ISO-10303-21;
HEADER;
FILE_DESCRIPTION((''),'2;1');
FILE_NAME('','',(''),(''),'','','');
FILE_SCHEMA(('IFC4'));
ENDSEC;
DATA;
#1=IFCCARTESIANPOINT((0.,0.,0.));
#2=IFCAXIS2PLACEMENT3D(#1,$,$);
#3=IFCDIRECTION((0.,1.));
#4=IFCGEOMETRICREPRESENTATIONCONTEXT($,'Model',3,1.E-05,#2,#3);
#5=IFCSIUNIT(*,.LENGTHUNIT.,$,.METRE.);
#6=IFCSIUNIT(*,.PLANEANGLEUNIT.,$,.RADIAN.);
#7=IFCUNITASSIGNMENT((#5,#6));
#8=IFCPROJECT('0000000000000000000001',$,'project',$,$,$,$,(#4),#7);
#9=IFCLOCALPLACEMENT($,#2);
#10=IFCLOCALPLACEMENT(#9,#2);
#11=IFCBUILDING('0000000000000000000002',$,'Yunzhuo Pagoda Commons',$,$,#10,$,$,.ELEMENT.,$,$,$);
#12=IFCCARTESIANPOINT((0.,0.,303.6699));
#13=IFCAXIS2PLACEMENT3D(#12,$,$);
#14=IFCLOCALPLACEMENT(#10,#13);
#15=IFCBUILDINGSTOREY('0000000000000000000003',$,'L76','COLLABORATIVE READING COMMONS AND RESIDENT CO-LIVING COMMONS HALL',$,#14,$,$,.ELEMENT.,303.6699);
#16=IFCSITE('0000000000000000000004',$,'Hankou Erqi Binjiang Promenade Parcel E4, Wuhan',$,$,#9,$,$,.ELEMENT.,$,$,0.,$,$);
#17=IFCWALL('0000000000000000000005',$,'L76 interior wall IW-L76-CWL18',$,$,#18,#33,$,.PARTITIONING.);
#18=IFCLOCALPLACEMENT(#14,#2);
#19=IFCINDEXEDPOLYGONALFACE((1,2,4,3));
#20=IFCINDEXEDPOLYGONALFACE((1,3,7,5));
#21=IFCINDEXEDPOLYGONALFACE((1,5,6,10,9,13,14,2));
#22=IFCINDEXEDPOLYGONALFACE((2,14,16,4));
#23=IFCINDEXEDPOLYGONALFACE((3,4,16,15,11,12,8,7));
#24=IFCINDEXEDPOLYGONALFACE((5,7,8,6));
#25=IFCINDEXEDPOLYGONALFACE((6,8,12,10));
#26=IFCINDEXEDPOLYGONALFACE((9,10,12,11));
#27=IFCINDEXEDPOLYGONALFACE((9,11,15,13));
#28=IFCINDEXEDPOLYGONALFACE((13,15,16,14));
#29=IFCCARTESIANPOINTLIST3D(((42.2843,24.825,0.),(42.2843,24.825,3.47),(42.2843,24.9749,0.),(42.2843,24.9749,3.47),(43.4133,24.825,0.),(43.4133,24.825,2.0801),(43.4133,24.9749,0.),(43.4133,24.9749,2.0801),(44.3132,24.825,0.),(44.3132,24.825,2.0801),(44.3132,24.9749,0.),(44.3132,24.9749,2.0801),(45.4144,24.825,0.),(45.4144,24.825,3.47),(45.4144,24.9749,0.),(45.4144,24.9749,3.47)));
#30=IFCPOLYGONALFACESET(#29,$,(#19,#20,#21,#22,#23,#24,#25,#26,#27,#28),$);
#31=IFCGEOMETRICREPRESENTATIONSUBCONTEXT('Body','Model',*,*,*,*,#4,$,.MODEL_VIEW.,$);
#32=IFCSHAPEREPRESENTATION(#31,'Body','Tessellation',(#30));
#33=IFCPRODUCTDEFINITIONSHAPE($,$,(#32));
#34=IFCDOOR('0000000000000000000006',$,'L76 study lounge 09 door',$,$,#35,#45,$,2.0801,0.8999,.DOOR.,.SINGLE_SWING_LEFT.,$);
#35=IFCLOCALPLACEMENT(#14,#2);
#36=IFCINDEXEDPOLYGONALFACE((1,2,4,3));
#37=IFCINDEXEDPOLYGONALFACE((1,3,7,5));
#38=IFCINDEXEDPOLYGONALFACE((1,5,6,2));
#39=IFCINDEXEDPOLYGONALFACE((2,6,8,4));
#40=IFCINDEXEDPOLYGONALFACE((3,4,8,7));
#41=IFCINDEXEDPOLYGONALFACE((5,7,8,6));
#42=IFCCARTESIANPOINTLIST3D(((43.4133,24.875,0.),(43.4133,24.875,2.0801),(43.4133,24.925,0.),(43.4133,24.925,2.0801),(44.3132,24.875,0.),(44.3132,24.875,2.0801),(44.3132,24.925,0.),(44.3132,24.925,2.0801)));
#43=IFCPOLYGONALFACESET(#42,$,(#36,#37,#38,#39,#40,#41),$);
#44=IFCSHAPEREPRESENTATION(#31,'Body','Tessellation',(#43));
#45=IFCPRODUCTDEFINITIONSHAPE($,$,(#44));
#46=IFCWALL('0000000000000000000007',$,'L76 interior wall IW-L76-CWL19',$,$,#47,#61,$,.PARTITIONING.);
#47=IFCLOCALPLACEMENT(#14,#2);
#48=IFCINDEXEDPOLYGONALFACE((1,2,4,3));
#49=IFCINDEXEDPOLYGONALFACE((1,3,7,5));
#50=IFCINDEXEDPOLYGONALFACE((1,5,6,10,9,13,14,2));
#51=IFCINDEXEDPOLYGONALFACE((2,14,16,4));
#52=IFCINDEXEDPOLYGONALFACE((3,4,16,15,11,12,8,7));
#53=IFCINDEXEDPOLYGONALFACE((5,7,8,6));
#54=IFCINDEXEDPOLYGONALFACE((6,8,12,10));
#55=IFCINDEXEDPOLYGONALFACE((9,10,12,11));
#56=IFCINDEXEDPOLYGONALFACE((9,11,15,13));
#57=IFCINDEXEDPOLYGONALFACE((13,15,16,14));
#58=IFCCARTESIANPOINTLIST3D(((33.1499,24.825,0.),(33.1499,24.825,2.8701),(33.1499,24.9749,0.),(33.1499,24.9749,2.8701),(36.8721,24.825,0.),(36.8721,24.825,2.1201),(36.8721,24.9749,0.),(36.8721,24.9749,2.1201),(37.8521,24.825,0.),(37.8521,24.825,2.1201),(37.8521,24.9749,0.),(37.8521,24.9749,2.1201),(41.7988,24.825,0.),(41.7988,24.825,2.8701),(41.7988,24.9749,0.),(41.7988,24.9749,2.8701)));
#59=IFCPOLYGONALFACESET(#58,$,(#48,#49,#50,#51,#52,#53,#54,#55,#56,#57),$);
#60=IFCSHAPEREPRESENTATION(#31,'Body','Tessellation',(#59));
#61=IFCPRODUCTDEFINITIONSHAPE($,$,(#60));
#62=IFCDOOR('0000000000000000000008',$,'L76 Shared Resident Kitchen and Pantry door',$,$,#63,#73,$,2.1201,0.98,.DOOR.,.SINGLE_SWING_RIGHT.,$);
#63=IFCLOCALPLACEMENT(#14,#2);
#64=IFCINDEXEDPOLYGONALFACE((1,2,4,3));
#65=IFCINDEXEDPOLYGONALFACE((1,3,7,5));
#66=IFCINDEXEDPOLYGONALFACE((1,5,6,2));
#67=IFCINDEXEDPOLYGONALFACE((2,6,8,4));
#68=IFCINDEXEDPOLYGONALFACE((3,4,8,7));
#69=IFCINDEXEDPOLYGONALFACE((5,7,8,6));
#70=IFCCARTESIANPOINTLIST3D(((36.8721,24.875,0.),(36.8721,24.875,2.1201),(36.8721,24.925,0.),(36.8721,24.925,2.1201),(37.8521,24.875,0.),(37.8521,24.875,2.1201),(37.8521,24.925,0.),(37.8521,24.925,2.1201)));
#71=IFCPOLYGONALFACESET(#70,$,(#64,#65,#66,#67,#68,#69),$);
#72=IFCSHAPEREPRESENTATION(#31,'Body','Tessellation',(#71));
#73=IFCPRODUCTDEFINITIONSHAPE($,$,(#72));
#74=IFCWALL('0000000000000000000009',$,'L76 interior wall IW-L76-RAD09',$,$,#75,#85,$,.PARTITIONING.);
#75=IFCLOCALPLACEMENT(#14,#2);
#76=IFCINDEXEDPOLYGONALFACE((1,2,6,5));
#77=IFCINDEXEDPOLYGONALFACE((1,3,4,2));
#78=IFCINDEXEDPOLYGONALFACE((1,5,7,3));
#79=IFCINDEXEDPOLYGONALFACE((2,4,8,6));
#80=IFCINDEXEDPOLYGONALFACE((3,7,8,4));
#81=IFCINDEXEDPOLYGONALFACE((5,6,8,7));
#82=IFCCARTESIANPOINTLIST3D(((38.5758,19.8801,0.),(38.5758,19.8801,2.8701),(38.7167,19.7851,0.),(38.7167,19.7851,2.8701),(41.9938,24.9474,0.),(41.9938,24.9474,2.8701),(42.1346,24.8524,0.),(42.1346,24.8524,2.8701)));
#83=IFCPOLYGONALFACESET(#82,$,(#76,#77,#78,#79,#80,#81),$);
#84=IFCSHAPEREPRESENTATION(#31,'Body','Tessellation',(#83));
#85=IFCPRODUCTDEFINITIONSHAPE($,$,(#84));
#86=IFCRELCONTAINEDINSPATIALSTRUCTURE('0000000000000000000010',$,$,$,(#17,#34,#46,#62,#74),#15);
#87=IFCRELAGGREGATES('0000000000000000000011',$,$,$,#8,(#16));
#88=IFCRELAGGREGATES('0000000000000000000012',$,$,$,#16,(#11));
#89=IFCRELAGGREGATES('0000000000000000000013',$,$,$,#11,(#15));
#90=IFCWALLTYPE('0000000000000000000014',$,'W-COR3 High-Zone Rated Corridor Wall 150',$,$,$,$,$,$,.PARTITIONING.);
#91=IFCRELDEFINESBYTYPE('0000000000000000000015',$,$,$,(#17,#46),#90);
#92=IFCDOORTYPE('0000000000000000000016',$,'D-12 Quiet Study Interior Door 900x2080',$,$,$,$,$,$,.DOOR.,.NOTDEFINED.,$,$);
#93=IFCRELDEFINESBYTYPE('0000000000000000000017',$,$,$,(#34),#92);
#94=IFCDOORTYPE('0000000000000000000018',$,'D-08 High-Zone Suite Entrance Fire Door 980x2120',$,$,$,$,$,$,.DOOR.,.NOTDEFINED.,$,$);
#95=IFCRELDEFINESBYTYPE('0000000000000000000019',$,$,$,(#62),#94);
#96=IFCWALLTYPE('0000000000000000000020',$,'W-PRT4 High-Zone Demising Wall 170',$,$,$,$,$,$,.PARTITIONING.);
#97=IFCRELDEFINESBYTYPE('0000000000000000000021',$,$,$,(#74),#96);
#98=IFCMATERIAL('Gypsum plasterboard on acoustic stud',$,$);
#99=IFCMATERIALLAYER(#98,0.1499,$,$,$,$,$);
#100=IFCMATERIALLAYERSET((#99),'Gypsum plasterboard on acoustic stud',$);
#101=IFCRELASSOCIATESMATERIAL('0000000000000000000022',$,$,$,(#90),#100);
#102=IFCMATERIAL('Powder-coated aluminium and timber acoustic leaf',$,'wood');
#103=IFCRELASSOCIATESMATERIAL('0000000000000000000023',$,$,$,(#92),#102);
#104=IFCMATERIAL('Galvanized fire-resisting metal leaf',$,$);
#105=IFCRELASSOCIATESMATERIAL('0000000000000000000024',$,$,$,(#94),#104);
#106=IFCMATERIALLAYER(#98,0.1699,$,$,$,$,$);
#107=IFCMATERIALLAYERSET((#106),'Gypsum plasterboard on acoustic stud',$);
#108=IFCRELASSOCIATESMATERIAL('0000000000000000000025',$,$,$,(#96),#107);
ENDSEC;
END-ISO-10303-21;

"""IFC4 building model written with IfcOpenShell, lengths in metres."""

from ifc_helpers import new_model, si_unit, direction, frame, frame_2d, origin, origin_with_axes, place, context, subcontext, project, spatial, rectangle, extrude, source, transform, mapped, material, layer, layer_set, type_object, element, fill, save


model = new_model("IFC4")

# Units and contexts
model_context = context("Model", 3, precision=1e-05, world=origin(), true_north=direction((0.0, 1.0)))
body_context = subcontext(model_context, "Body", "Model", "MODEL_VIEW")
ifc_project = project(units=[si_unit("LENGTHUNIT", "METRE"), si_unit("PLANEANGLEUNIT", "RADIAN")], contexts=[model_context])

# Site, building, storey
site_placement = place(None, origin())
site = spatial("IfcSite", under=ifc_project, at=site_placement, Name="Hankou Erqi Binjiang Promenade Parcel E4, Wuhan", CompositionType="ELEMENT", RefElevation=0.0)
building_placement = place(site_placement, origin())
building = spatial("IfcBuilding", under=site, at=building_placement, Name="Yunzhuo Pagoda Commons", CompositionType="ELEMENT")
storey_placement = place(building_placement, frame((0.0, 0.0, 303.6699)))
storey = spatial("IfcBuildingStorey", under=building, at=storey_placement, Name="L76", Description="COLLABORATIVE READING COMMONS AND RESIDENT CO-LIVING COMMONS HALL", CompositionType="ELEMENT", Elevation=303.6699)

# Walls, openings, doors
ifc_material_1 = material(Name="Gypsum plasterboard on acoustic stud")
ifc_layer_1 = layer(ifc_material_1, 0.1499)
ifc_layer_set_1 = layer_set([ifc_layer_1], Name="Gypsum plasterboard on acoustic stud")
wall_type_1 = type_object("IfcWallType", Name="W-COR3 High-Zone Rated Corridor Wall 150", PredefinedType="PARTITIONING", material=ifc_layer_set_1)
ifc_material_2 = material(Name="Galvanized fire-resisting metal leaf")
wall_1_placement = place(storey_placement, frame((45.4143, 24.8999, 0.0), z_axis=(0.0, 0.0, 1.0), x_axis=(-1.0, 0.0, 0.0)))
wall_1 = element("IfcWall", 1, at=wall_1_placement, inside=storey, type_object=wall_type_1, Name="L76 interior wall IW-L76-CWL18", PredefinedType="PARTITIONING", context=body_context, shape_type="SweptSolid", body=[
    extrude(rectangle(XDim=3.1301, YDim=0.1499, at=frame_2d((1.5649, 0.0))), origin(), (0.0, 0.0, 1.0), 3.47),
])
opening_1_placement = place(wall_1_placement, frame((1.1011, 0.0, 0.0)))
opening_1 = element("IfcOpeningElement", 2, at=opening_1_placement, cuts=wall_1, PredefinedType="OPENING", context=body_context, shape_type="SweptSolid", body=[
    extrude(rectangle(XDim=0.8999, YDim=2.0801, at=frame_2d((0.45, 1.04))), frame((0.0, 0.085, 0.0), z_axis=(0.0, -1.0, 0.0), x_axis=(1.0, 0.0, 0.0)), (0.0, 0.0, 1.0), 0.1699),
])
ifc_material_3 = material(Name="Powder-coated aluminium and timber acoustic leaf", Category="wood")
door_type_1 = type_object("IfcDoorType", Name="D-12 Quiet Study Interior Door 900x2080", OperationType="NOTDEFINED", PredefinedType="DOOR", material=ifc_material_3)
shared_shape_1 = source(origin(), body_context, "Body", "SweptSolid", [
    extrude(rectangle(XDim=0.8999, YDim=2.0801, at=frame_2d((0.45, 1.04))), frame((0.0, 0.0249, 0.0), z_axis=(0.0, -1.0, 0.0), x_axis=(1.0, 0.0, 0.0)), (0.0, 0.0, 1.0), 0.05),
])
door_1_placement = place(opening_1_placement, origin_with_axes())
door_1 = element("IfcDoor", 3, at=door_1_placement, inside=storey, type_object=door_type_1, Name="L76 study lounge 09 door", OperationType="SINGLE_SWING_LEFT", OverallHeight=2.0801, OverallWidth=0.8999, PredefinedType="DOOR", context=body_context, shape_type="MappedRepresentation", body=[
    mapped(shared_shape_1, transform((0.0, 0.0, 0.0), scale=1.0)),
])
fill(opening_1, door_1)
wall_2_placement = place(storey_placement, frame((41.7988, 24.8999, 0.0), z_axis=(0.0, 0.0, 1.0), x_axis=(-1.0, 0.0, 0.0)))
wall_2 = element("IfcWall", 4, at=wall_2_placement, inside=storey, type_object=wall_type_1, Name="L76 interior wall IW-L76-CWL19", PredefinedType="PARTITIONING", context=body_context, shape_type="SweptSolid", body=[
    extrude(rectangle(XDim=8.6489, YDim=0.1499, at=frame_2d((4.3245, 0.0))), origin(), (0.0, 0.0, 1.0), 2.8701),
])
opening_2_placement = place(wall_2_placement, frame((3.9468, 0.0, 0.0)))
opening_2 = element("IfcOpeningElement", 5, at=opening_2_placement, cuts=wall_2, PredefinedType="OPENING", context=body_context, shape_type="SweptSolid", body=[
    extrude(rectangle(XDim=0.98, YDim=2.1201, at=frame_2d((0.49, 1.0601))), frame((0.0, 0.085, 0.0), z_axis=(0.0, -1.0, 0.0), x_axis=(1.0, 0.0, 0.0)), (0.0, 0.0, 1.0), 0.1699),
])
door_type_2 = type_object("IfcDoorType", Name="D-08 High-Zone Suite Entrance Fire Door 980x2120", OperationType="NOTDEFINED", PredefinedType="DOOR", material=ifc_material_2)
shared_shape_2 = source(origin(), body_context, "Body", "SweptSolid", [
    extrude(rectangle(XDim=0.98, YDim=2.1201, at=frame_2d((0.49, 1.0601))), frame((0.0, 0.0249, 0.0), z_axis=(0.0, -1.0, 0.0), x_axis=(1.0, 0.0, 0.0)), (0.0, 0.0, 1.0), 0.05),
])
door_2_placement = place(opening_2_placement, origin_with_axes())
door_2 = element("IfcDoor", 6, at=door_2_placement, inside=storey, type_object=door_type_2, Name="L76 Shared Resident Kitchen and Pantry door", OperationType="SINGLE_SWING_RIGHT", OverallHeight=2.1201, OverallWidth=0.98, PredefinedType="DOOR", context=body_context, shape_type="MappedRepresentation", body=[
    mapped(shared_shape_2, transform((0.0, 0.0, 0.0), scale=1.0)),
])
fill(opening_2, door_2)

# Wall
ifc_layer_2 = layer(ifc_material_1, 0.1699)
ifc_layer_set_2 = layer_set([ifc_layer_2], Name="Gypsum plasterboard on acoustic stud")
wall_type_2 = type_object("IfcWallType", Name="W-PRT4 High-Zone Demising Wall 170", PredefinedType="PARTITIONING", material=ifc_layer_set_2)
wall_3_placement = place(storey_placement, frame((42.0642, 24.8999, 0.0), z_axis=(0.0, 0.0, 1.0), x_axis=(-0.55919, -0.829039, 0.0)))
element("IfcWall", 7, at=wall_3_placement, inside=storey, type_object=wall_type_2, Name="L76 interior wall IW-L76-RAD09", PredefinedType="PARTITIONING", context=body_context, shape_type="SweptSolid", body=[
    extrude(rectangle(XDim=6.1123, YDim=0.1699, at=frame_2d((3.0562, 0.0))), origin(), (0.0, 0.0, 1.0), 2.8701),
])

save(model, "model.ifc")
